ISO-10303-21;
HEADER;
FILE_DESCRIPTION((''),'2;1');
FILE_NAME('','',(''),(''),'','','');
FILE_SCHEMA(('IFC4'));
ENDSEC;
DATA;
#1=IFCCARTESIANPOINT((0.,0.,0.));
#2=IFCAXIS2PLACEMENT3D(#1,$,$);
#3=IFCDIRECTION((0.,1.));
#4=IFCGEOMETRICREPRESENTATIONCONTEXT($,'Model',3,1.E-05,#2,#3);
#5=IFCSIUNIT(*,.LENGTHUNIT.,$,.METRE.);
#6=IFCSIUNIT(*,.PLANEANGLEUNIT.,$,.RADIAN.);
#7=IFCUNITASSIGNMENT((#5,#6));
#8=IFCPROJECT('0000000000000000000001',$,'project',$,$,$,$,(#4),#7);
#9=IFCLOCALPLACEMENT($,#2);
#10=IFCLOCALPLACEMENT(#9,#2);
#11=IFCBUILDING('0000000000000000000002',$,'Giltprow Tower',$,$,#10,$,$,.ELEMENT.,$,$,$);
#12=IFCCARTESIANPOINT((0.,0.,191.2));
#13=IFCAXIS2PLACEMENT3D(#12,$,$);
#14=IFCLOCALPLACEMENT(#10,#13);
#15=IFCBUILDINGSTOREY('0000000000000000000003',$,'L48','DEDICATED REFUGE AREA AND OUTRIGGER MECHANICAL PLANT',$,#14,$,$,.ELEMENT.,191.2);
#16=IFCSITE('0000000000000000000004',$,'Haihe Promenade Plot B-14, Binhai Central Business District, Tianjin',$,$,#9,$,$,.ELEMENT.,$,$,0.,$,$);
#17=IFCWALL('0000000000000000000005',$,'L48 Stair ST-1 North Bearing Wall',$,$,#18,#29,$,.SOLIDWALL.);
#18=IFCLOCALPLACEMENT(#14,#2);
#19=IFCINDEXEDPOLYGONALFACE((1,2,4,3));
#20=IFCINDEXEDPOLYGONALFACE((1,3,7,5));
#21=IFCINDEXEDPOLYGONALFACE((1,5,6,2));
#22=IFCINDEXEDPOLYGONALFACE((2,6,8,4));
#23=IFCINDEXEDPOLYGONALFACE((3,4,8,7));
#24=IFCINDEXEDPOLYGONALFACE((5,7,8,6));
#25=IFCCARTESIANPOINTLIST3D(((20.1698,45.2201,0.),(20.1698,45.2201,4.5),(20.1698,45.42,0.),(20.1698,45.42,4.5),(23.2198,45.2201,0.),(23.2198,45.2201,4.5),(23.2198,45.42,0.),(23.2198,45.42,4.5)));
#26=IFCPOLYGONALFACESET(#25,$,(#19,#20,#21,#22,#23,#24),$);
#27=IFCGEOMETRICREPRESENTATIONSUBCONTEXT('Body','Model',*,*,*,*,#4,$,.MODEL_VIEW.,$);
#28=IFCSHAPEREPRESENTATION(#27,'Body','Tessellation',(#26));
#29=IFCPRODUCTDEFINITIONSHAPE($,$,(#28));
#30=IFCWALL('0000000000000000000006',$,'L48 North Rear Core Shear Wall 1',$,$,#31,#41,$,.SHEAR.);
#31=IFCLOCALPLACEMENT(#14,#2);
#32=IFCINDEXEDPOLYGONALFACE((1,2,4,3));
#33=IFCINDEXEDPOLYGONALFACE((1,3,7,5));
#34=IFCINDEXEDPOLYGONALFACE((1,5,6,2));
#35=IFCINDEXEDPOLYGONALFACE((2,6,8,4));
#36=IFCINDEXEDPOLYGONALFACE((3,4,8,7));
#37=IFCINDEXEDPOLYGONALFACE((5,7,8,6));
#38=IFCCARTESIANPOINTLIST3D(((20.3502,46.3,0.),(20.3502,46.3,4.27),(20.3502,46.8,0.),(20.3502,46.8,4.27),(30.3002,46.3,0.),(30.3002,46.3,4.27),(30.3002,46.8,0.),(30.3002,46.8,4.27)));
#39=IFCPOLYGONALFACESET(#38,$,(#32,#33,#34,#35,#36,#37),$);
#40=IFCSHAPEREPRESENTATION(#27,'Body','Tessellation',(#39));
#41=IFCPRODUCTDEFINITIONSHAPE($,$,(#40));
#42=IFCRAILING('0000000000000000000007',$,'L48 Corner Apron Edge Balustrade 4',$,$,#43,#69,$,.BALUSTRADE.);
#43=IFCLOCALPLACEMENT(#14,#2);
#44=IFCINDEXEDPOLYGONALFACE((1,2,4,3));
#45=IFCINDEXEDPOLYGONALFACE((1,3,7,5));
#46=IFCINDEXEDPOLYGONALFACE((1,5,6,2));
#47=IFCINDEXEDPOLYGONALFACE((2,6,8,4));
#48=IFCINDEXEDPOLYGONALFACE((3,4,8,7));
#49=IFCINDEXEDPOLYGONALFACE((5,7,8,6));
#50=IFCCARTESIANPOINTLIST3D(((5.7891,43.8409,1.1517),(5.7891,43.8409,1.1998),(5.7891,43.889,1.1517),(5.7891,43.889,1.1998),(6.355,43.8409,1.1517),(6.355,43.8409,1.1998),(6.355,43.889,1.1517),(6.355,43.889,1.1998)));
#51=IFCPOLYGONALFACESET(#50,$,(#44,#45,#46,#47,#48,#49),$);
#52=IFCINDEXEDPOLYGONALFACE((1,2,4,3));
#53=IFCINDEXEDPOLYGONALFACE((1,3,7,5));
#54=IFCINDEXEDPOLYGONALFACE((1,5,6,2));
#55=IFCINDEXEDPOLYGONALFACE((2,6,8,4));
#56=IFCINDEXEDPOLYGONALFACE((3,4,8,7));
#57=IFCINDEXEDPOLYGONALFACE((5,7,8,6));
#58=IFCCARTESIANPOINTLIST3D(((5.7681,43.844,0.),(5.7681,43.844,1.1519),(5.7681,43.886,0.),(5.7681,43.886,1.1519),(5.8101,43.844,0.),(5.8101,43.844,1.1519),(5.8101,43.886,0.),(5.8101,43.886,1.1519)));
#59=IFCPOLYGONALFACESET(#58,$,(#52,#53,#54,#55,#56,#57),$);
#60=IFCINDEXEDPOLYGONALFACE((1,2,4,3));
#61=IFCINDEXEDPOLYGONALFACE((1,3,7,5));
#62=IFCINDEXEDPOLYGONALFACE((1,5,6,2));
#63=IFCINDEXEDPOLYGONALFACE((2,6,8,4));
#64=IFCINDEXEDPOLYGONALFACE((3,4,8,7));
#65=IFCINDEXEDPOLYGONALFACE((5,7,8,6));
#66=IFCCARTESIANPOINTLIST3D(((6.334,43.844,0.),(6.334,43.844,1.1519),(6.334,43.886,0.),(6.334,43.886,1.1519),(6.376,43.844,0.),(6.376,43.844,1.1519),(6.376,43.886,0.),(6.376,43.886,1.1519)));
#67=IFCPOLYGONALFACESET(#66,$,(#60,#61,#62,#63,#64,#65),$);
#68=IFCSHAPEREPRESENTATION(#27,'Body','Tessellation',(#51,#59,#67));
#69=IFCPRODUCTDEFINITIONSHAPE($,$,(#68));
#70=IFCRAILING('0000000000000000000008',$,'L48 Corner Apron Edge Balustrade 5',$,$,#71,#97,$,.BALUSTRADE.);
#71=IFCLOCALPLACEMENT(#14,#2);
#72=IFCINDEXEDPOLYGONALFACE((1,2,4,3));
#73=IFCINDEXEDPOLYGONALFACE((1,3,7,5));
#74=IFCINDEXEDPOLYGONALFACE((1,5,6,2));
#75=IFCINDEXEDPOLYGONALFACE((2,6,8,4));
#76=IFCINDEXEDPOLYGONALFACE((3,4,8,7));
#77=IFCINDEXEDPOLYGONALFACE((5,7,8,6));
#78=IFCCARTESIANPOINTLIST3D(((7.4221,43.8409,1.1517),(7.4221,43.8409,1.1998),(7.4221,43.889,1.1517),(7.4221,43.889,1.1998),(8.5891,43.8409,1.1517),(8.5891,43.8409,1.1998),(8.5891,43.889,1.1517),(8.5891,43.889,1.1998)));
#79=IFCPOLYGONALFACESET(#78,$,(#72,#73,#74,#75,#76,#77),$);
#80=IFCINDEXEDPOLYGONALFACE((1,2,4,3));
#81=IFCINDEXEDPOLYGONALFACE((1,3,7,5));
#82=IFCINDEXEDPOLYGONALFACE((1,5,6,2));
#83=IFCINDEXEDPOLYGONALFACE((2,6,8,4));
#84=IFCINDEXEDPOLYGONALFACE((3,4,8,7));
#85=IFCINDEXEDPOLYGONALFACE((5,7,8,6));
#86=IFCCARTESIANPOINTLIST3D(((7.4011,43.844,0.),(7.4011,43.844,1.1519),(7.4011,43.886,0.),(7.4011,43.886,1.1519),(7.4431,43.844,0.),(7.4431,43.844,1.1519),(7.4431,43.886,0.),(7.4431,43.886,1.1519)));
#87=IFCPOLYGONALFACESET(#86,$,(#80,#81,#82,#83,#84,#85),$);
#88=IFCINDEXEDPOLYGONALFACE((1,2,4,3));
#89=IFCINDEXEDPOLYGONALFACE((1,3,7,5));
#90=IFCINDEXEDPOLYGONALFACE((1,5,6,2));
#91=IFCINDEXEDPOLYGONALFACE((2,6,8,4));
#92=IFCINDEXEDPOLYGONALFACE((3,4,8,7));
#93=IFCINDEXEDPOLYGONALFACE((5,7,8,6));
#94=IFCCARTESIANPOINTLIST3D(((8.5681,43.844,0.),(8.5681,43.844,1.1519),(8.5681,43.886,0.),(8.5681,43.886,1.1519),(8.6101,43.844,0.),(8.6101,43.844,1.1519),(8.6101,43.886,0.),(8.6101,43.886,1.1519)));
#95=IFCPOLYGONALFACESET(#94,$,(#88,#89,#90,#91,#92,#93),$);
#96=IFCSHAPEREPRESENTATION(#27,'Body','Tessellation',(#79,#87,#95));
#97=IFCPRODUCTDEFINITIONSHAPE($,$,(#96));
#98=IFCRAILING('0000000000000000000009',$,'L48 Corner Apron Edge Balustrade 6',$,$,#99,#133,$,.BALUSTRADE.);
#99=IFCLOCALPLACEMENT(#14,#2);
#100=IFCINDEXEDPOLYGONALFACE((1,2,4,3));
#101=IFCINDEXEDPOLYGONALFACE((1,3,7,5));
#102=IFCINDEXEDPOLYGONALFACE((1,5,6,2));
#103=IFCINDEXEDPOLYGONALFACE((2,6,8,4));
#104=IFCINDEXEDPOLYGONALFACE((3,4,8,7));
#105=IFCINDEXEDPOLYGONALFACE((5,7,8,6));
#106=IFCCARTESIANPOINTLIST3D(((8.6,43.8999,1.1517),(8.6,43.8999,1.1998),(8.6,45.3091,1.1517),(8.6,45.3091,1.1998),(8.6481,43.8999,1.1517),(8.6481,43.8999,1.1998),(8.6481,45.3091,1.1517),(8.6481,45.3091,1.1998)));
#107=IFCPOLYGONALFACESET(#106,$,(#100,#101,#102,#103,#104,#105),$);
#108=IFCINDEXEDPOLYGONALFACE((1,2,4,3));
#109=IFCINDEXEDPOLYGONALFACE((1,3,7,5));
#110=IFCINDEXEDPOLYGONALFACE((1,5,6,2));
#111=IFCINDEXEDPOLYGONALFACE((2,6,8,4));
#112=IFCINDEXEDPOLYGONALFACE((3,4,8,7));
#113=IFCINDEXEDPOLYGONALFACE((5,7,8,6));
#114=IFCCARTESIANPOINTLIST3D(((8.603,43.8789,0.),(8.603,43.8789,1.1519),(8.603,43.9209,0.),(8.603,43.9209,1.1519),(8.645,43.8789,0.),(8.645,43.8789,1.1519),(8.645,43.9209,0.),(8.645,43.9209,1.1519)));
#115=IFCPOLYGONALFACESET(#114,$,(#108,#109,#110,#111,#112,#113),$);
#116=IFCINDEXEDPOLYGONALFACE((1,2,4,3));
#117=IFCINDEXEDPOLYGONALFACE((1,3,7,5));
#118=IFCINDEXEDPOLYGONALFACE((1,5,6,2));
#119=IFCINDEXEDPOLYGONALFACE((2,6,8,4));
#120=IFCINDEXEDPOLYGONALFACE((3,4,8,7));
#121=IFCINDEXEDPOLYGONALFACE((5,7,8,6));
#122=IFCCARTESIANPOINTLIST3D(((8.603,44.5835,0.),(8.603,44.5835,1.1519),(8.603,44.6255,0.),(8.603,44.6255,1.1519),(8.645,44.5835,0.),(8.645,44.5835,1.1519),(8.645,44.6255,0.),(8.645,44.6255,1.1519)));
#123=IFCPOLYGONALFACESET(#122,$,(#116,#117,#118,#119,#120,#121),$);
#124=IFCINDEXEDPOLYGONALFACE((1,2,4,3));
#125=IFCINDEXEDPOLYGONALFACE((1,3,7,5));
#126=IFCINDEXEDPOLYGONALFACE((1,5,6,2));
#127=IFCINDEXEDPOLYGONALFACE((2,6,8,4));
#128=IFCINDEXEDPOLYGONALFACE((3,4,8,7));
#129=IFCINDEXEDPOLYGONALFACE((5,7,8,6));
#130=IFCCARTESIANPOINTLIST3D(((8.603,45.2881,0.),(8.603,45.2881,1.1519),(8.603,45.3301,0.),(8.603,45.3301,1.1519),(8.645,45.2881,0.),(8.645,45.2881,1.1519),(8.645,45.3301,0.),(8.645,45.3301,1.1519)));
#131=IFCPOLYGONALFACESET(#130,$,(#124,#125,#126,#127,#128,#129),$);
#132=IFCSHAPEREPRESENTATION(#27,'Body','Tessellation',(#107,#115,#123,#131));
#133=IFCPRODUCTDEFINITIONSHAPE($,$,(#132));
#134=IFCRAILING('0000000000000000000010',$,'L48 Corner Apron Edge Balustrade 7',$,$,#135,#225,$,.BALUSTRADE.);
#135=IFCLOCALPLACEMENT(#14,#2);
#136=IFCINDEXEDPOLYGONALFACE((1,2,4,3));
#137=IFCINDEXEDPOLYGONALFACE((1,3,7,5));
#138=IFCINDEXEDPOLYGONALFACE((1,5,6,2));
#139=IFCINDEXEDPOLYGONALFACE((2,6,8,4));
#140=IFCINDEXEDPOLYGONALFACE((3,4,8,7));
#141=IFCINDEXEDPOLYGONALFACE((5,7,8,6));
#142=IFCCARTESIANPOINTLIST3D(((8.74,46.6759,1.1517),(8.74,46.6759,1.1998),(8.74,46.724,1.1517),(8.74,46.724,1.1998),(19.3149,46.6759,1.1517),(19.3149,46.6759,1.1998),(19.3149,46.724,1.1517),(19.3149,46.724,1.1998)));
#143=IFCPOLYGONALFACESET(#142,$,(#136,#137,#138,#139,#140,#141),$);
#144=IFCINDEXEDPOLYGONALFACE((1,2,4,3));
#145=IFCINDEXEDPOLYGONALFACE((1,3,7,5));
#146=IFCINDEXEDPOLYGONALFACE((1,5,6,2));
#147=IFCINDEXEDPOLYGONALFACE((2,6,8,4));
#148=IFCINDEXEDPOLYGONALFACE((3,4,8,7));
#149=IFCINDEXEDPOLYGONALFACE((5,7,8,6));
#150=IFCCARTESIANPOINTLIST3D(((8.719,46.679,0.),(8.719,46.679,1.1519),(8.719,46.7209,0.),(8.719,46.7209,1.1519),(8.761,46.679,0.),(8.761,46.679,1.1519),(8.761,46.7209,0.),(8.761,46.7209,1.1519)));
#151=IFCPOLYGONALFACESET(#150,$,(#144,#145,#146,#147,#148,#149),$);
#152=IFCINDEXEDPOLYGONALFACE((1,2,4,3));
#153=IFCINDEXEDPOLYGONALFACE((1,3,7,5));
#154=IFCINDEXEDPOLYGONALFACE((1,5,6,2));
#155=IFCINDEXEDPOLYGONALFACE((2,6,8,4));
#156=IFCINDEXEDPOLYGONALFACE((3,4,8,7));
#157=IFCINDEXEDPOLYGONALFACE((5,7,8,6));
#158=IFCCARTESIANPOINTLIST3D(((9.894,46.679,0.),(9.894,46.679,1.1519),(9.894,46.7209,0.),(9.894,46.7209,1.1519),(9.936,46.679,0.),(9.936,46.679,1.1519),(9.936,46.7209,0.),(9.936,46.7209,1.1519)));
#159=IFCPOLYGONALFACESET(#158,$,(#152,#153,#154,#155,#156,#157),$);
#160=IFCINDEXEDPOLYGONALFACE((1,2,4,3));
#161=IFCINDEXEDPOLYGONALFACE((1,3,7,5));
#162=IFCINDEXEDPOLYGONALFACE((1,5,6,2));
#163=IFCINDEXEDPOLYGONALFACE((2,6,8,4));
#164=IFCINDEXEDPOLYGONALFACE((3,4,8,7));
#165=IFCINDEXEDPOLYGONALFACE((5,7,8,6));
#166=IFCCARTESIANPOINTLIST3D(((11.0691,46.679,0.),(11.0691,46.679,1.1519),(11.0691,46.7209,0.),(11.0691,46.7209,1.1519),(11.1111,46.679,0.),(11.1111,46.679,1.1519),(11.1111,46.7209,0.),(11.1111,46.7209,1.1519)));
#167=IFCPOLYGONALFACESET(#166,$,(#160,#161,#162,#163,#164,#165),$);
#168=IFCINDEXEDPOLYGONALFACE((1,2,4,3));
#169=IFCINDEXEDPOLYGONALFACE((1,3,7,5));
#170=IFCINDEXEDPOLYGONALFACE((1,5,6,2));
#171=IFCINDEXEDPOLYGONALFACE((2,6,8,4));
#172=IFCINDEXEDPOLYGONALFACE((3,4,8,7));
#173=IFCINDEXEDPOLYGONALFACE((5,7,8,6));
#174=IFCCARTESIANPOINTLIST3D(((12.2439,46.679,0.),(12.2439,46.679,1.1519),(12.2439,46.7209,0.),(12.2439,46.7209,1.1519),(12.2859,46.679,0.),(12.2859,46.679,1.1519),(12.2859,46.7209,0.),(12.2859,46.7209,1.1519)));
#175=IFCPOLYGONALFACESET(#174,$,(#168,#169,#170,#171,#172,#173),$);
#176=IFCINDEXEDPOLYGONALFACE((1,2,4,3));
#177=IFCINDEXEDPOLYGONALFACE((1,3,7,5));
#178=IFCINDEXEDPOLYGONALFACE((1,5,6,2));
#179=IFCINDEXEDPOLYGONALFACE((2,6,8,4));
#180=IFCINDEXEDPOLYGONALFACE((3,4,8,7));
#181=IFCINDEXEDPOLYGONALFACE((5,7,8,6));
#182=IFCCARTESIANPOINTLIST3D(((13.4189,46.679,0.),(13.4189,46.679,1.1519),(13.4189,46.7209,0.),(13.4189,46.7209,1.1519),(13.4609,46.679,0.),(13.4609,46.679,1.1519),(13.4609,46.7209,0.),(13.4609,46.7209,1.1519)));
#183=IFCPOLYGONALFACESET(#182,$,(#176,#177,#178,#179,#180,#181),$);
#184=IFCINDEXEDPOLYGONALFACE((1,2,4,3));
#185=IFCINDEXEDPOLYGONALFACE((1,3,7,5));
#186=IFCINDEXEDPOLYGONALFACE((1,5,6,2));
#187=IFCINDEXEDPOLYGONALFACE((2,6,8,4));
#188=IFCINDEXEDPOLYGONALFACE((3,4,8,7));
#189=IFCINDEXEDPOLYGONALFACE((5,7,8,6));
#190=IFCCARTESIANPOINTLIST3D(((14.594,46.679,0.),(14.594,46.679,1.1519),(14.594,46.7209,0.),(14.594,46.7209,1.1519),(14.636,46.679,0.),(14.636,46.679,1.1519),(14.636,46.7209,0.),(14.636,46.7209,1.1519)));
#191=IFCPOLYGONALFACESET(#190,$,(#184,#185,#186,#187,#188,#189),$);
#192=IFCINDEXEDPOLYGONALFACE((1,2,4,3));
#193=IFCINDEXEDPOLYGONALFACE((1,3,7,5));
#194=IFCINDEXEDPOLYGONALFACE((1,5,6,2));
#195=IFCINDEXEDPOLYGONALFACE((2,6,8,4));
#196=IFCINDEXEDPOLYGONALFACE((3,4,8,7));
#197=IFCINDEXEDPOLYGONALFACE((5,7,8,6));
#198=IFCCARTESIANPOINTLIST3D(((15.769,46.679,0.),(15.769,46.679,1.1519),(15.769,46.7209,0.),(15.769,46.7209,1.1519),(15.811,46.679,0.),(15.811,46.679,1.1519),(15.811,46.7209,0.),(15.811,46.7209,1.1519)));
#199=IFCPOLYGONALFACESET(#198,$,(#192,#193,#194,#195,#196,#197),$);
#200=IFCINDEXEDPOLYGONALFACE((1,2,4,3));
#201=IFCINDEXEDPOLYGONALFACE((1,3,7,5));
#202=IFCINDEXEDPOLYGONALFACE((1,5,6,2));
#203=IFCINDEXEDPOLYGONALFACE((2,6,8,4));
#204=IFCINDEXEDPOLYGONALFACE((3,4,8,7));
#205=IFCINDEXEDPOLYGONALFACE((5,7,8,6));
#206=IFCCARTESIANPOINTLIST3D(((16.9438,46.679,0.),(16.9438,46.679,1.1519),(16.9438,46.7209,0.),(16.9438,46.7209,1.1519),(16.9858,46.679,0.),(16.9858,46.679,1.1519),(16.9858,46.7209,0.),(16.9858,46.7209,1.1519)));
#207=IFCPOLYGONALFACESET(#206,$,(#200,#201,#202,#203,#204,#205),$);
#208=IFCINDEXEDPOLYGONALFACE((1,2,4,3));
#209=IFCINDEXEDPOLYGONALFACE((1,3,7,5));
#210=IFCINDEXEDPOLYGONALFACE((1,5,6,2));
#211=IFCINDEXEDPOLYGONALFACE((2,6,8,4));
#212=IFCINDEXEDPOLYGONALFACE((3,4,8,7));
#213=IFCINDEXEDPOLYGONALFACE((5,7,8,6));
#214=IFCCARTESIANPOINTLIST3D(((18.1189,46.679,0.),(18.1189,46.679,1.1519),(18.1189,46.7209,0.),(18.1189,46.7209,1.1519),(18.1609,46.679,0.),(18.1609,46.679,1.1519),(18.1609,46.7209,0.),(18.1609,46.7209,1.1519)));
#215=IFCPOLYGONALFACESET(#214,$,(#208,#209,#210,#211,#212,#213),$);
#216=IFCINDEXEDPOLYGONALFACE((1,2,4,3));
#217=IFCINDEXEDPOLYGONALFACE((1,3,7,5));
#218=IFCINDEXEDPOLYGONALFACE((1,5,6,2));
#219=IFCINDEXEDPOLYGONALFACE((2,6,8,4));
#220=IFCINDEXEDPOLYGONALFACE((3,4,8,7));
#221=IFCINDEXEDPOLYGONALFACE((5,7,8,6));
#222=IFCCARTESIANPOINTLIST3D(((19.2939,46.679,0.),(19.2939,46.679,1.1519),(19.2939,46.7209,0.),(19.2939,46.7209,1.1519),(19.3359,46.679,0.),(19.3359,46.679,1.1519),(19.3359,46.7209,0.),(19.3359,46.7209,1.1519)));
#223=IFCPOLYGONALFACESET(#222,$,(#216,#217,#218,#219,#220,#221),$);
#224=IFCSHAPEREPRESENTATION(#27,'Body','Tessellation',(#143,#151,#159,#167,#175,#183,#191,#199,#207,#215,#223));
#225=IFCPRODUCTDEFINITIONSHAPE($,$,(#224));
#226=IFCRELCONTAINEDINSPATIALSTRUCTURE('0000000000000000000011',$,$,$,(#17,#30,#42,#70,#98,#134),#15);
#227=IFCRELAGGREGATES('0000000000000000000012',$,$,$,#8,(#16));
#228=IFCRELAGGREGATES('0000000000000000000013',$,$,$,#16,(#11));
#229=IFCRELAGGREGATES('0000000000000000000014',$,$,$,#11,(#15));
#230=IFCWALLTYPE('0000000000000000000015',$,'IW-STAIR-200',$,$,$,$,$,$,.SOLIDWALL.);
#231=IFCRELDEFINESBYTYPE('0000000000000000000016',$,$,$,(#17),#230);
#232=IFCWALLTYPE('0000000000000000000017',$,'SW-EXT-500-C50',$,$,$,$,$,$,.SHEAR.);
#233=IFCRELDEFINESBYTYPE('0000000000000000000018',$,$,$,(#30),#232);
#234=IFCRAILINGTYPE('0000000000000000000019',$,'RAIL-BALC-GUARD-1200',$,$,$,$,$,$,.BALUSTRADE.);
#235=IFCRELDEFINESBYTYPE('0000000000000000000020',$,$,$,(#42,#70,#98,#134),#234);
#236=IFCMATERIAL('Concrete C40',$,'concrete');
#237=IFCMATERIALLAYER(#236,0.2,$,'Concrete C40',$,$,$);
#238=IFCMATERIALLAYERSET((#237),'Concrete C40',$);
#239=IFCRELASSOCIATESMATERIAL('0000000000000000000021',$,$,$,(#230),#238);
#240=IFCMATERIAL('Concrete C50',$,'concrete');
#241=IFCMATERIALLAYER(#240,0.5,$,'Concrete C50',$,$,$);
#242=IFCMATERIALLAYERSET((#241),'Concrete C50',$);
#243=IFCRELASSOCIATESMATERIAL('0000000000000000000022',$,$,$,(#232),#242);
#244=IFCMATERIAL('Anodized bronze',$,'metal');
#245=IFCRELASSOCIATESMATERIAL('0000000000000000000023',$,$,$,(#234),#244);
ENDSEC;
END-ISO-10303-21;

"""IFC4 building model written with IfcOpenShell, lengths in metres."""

from ifc_helpers import new_model, si_unit, direction, frame, frame_2d, origin, origin_2d, place, context, subcontext, project, spatial, rectangle, extrude, material, layer, layer_set, type_object, element, save


model = new_model("IFC4")

# Units and contexts
model_context = context("Model", 3, precision=1e-05, world=origin(), true_north=direction((0.0, 1.0)))
body_context = subcontext(model_context, "Body", "Model", "MODEL_VIEW")
ifc_project = project(units=[si_unit("LENGTHUNIT", "METRE"), si_unit("PLANEANGLEUNIT", "RADIAN")], contexts=[model_context])

# Site, building, storey
site_placement = place(None, origin())
site = spatial("IfcSite", under=ifc_project, at=site_placement, Name="Haihe Promenade Plot B-14, Binhai Central Business District, Tianjin", CompositionType="ELEMENT", RefElevation=0.0)
building_placement = place(site_placement, origin())
building = spatial("IfcBuilding", under=site, at=building_placement, Name="Giltprow Tower", CompositionType="ELEMENT")
storey_placement = place(building_placement, frame((0.0, 0.0, 191.2)))
storey = spatial("IfcBuildingStorey", under=building, at=storey_placement, Name="L48", Description="DEDICATED REFUGE AREA AND OUTRIGGER MECHANICAL PLANT", CompositionType="ELEMENT", Elevation=191.2)

# Shared definitions
ifc_material_1 = material(Name="Concrete C50", Category="concrete")

# Walls
ifc_material_2 = material(Name="Concrete C40", Category="concrete")
ifc_layer_1 = layer(ifc_material_2, 0.2, Name="Concrete C40")
ifc_layer_set_1 = layer_set([ifc_layer_1], Name="Concrete C40")
wall_type_1 = type_object("IfcWallType", Name="IW-STAIR-200", PredefinedType="SOLIDWALL", material=ifc_layer_set_1)
wall_1_placement = place(storey_placement, frame((20.1699, 45.3201, 0.0), z_axis=(0.0, 0.0, 1.0), x_axis=(1.0, 0.0, 0.0)))
element("IfcWall", 1, at=wall_1_placement, inside=storey, type_object=wall_type_1, Name="L48 Stair ST-1 North Bearing Wall", PredefinedType="SOLIDWALL", context=body_context, shape_type="SweptSolid", body=[
    extrude(rectangle(XDim=3.05, YDim=0.2, at=frame_2d((1.5249, 0.0))), origin(), (0.0, 0.0, 1.0), 4.5),
])
ifc_layer_2 = layer(ifc_material_1, 0.5, Name="Concrete C50")
ifc_layer_set_2 = layer_set([ifc_layer_2], Name="Concrete C50")
wall_type_2 = type_object("IfcWallType", Name="SW-EXT-500-C50", PredefinedType="SHEAR", material=ifc_layer_set_2)
wall_2_placement = place(storey_placement, frame((20.3501, 46.55, 0.0), z_axis=(0.0, 0.0, 1.0), x_axis=(1.0, 0.0, 0.0)))
element("IfcWall", 2, at=wall_2_placement, inside=storey, type_object=wall_type_2, Name="L48 North Rear Core Shear Wall 1", PredefinedType="SHEAR", context=body_context, shape_type="SweptSolid", body=[
    extrude(rectangle(XDim=9.95, YDim=0.5, at=frame_2d((4.9751, 0.0))), origin(), (0.0, 0.0, 1.0), 4.27),
])

# Railings
ifc_material_3 = material(Name="Anodized bronze", Category="metal")
railing_type = type_object("IfcRailingType", Name="RAIL-BALC-GUARD-1200", PredefinedType="BALUSTRADE", material=ifc_material_3)
railing_1_placement = place(storey_placement, frame((5.7891, 43.865, 0.0)))
element("IfcRailing", 3, at=railing_1_placement, inside=storey, type_object=railing_type, Name="L48 Corner Apron Edge Balustrade 4", PredefinedType="BALUSTRADE", context=body_context, shape_type="SweptSolid", body=[
    extrude(rectangle(XDim=0.0481, YDim=0.0481, at=origin_2d()), frame((0.0, 0.0, 1.1758), z_axis=(1.0, 0.0, 0.0), x_axis=(0.0, 1.0, 0.0)), (0.0, 0.0, 1.0), 0.5659),
    extrude(rectangle(XDim=0.042, YDim=0.042, at=origin_2d()), origin(), (0.0, 0.0, 1.0), 1.1519),
    extrude(rectangle(XDim=0.042, YDim=0.042, at=origin_2d()), frame((0.5659, 0.0, 0.0)), (0.0, 0.0, 1.0), 1.1519),
])
railing_2_placement = place(storey_placement, frame((7.4221, 43.865, 0.0)))
element("IfcRailing", 4, at=railing_2_placement, inside=storey, type_object=railing_type, Name="L48 Corner Apron Edge Balustrade 5", PredefinedType="BALUSTRADE", context=body_context, shape_type="SweptSolid", body=[
    extrude(rectangle(XDim=0.0481, YDim=0.0481, at=origin_2d()), frame((0.0, 0.0, 1.1758), z_axis=(1.0, 0.0, 0.0), x_axis=(0.0, 1.0, 0.0)), (0.0, 0.0, 1.0), 1.167),
    extrude(rectangle(XDim=0.042, YDim=0.042, at=origin_2d()), origin(), (0.0, 0.0, 1.0), 1.1519),
    extrude(rectangle(XDim=0.042, YDim=0.042, at=origin_2d()), frame((1.167, 0.0, 0.0)), (0.0, 0.0, 1.0), 1.1519),
])
railing_3_placement = place(storey_placement, frame((8.624, 43.8999, 0.0)))
element("IfcRailing", 5, at=railing_3_placement, inside=storey, type_object=railing_type, Name="L48 Corner Apron Edge Balustrade 6", PredefinedType="BALUSTRADE", context=body_context, shape_type="SweptSolid", body=[
    extrude(rectangle(XDim=0.0481, YDim=0.0481, at=origin_2d()), frame((0.0, 0.0, 1.1758), z_axis=(0.0, 1.0, 0.0), x_axis=(-1.0, 0.0, 0.0)), (0.0, 0.0, 1.0), 1.4092),
    extrude(rectangle(XDim=0.042, YDim=0.042, at=origin_2d()), origin(), (0.0, 0.0, 1.0), 1.1519),
    extrude(rectangle(XDim=0.042, YDim=0.042, at=origin_2d()), frame((0.0, 0.7046, 0.0)), (0.0, 0.0, 1.0), 1.1519),
    extrude(rectangle(XDim=0.042, YDim=0.042, at=origin_2d()), frame((0.0, 1.4092, 0.0)), (0.0, 0.0, 1.0), 1.1519),
])
railing_4_placement = place(storey_placement, frame((8.74, 46.7, 0.0)))
element("IfcRailing", 6, at=railing_4_placement, inside=storey, type_object=railing_type, Name="L48 Corner Apron Edge Balustrade 7", PredefinedType="BALUSTRADE", context=body_context, shape_type="SweptSolid", body=[
    extrude(rectangle(XDim=0.0481, YDim=0.0481, at=origin_2d()), frame((0.0, 0.0, 1.1758), z_axis=(1.0, 0.0, 0.0), x_axis=(0.0, 1.0, 0.0)), (0.0, 0.0, 1.0), 10.575),
    extrude(rectangle(XDim=0.042, YDim=0.042, at=origin_2d()), origin(), (0.0, 0.0, 1.0), 1.1519),
    extrude(rectangle(XDim=0.042, YDim=0.042, at=origin_2d()), frame((1.175, 0.0, 0.0)), (0.0, 0.0, 1.0), 1.1519),
    extrude(rectangle(XDim=0.042, YDim=0.042, at=origin_2d()), frame((2.3501, 0.0, 0.0)), (0.0, 0.0, 1.0), 1.1519),
    extrude(rectangle(XDim=0.042, YDim=0.042, at=origin_2d()), frame((3.5249, 0.0, 0.0)), (0.0, 0.0, 1.0), 1.1519),
    extrude(rectangle(XDim=0.042, YDim=0.042, at=origin_2d()), frame((4.7, 0.0, 0.0)), (0.0, 0.0, 1.0), 1.1519),
    extrude(rectangle(XDim=0.042, YDim=0.042, at=origin_2d()), frame((5.875, 0.0, 0.0)), (0.0, 0.0, 1.0), 1.1519),
    extrude(rectangle(XDim=0.042, YDim=0.042, at=origin_2d()), frame((7.05, 0.0, 0.0)), (0.0, 0.0, 1.0), 1.1519),
    extrude(rectangle(XDim=0.042, YDim=0.042, at=origin_2d()), frame((8.2249, 0.0, 0.0)), (0.0, 0.0, 1.0), 1.1519),
    extrude(rectangle(XDim=0.042, YDim=0.042, at=origin_2d()), frame((9.3999, 0.0, 0.0)), (0.0, 0.0, 1.0), 1.1519),
    extrude(rectangle(XDim=0.042, YDim=0.042, at=origin_2d()), frame((10.575, 0.0, 0.0)), (0.0, 0.0, 1.0), 1.1519),
])

save(model, "model.ifc")
